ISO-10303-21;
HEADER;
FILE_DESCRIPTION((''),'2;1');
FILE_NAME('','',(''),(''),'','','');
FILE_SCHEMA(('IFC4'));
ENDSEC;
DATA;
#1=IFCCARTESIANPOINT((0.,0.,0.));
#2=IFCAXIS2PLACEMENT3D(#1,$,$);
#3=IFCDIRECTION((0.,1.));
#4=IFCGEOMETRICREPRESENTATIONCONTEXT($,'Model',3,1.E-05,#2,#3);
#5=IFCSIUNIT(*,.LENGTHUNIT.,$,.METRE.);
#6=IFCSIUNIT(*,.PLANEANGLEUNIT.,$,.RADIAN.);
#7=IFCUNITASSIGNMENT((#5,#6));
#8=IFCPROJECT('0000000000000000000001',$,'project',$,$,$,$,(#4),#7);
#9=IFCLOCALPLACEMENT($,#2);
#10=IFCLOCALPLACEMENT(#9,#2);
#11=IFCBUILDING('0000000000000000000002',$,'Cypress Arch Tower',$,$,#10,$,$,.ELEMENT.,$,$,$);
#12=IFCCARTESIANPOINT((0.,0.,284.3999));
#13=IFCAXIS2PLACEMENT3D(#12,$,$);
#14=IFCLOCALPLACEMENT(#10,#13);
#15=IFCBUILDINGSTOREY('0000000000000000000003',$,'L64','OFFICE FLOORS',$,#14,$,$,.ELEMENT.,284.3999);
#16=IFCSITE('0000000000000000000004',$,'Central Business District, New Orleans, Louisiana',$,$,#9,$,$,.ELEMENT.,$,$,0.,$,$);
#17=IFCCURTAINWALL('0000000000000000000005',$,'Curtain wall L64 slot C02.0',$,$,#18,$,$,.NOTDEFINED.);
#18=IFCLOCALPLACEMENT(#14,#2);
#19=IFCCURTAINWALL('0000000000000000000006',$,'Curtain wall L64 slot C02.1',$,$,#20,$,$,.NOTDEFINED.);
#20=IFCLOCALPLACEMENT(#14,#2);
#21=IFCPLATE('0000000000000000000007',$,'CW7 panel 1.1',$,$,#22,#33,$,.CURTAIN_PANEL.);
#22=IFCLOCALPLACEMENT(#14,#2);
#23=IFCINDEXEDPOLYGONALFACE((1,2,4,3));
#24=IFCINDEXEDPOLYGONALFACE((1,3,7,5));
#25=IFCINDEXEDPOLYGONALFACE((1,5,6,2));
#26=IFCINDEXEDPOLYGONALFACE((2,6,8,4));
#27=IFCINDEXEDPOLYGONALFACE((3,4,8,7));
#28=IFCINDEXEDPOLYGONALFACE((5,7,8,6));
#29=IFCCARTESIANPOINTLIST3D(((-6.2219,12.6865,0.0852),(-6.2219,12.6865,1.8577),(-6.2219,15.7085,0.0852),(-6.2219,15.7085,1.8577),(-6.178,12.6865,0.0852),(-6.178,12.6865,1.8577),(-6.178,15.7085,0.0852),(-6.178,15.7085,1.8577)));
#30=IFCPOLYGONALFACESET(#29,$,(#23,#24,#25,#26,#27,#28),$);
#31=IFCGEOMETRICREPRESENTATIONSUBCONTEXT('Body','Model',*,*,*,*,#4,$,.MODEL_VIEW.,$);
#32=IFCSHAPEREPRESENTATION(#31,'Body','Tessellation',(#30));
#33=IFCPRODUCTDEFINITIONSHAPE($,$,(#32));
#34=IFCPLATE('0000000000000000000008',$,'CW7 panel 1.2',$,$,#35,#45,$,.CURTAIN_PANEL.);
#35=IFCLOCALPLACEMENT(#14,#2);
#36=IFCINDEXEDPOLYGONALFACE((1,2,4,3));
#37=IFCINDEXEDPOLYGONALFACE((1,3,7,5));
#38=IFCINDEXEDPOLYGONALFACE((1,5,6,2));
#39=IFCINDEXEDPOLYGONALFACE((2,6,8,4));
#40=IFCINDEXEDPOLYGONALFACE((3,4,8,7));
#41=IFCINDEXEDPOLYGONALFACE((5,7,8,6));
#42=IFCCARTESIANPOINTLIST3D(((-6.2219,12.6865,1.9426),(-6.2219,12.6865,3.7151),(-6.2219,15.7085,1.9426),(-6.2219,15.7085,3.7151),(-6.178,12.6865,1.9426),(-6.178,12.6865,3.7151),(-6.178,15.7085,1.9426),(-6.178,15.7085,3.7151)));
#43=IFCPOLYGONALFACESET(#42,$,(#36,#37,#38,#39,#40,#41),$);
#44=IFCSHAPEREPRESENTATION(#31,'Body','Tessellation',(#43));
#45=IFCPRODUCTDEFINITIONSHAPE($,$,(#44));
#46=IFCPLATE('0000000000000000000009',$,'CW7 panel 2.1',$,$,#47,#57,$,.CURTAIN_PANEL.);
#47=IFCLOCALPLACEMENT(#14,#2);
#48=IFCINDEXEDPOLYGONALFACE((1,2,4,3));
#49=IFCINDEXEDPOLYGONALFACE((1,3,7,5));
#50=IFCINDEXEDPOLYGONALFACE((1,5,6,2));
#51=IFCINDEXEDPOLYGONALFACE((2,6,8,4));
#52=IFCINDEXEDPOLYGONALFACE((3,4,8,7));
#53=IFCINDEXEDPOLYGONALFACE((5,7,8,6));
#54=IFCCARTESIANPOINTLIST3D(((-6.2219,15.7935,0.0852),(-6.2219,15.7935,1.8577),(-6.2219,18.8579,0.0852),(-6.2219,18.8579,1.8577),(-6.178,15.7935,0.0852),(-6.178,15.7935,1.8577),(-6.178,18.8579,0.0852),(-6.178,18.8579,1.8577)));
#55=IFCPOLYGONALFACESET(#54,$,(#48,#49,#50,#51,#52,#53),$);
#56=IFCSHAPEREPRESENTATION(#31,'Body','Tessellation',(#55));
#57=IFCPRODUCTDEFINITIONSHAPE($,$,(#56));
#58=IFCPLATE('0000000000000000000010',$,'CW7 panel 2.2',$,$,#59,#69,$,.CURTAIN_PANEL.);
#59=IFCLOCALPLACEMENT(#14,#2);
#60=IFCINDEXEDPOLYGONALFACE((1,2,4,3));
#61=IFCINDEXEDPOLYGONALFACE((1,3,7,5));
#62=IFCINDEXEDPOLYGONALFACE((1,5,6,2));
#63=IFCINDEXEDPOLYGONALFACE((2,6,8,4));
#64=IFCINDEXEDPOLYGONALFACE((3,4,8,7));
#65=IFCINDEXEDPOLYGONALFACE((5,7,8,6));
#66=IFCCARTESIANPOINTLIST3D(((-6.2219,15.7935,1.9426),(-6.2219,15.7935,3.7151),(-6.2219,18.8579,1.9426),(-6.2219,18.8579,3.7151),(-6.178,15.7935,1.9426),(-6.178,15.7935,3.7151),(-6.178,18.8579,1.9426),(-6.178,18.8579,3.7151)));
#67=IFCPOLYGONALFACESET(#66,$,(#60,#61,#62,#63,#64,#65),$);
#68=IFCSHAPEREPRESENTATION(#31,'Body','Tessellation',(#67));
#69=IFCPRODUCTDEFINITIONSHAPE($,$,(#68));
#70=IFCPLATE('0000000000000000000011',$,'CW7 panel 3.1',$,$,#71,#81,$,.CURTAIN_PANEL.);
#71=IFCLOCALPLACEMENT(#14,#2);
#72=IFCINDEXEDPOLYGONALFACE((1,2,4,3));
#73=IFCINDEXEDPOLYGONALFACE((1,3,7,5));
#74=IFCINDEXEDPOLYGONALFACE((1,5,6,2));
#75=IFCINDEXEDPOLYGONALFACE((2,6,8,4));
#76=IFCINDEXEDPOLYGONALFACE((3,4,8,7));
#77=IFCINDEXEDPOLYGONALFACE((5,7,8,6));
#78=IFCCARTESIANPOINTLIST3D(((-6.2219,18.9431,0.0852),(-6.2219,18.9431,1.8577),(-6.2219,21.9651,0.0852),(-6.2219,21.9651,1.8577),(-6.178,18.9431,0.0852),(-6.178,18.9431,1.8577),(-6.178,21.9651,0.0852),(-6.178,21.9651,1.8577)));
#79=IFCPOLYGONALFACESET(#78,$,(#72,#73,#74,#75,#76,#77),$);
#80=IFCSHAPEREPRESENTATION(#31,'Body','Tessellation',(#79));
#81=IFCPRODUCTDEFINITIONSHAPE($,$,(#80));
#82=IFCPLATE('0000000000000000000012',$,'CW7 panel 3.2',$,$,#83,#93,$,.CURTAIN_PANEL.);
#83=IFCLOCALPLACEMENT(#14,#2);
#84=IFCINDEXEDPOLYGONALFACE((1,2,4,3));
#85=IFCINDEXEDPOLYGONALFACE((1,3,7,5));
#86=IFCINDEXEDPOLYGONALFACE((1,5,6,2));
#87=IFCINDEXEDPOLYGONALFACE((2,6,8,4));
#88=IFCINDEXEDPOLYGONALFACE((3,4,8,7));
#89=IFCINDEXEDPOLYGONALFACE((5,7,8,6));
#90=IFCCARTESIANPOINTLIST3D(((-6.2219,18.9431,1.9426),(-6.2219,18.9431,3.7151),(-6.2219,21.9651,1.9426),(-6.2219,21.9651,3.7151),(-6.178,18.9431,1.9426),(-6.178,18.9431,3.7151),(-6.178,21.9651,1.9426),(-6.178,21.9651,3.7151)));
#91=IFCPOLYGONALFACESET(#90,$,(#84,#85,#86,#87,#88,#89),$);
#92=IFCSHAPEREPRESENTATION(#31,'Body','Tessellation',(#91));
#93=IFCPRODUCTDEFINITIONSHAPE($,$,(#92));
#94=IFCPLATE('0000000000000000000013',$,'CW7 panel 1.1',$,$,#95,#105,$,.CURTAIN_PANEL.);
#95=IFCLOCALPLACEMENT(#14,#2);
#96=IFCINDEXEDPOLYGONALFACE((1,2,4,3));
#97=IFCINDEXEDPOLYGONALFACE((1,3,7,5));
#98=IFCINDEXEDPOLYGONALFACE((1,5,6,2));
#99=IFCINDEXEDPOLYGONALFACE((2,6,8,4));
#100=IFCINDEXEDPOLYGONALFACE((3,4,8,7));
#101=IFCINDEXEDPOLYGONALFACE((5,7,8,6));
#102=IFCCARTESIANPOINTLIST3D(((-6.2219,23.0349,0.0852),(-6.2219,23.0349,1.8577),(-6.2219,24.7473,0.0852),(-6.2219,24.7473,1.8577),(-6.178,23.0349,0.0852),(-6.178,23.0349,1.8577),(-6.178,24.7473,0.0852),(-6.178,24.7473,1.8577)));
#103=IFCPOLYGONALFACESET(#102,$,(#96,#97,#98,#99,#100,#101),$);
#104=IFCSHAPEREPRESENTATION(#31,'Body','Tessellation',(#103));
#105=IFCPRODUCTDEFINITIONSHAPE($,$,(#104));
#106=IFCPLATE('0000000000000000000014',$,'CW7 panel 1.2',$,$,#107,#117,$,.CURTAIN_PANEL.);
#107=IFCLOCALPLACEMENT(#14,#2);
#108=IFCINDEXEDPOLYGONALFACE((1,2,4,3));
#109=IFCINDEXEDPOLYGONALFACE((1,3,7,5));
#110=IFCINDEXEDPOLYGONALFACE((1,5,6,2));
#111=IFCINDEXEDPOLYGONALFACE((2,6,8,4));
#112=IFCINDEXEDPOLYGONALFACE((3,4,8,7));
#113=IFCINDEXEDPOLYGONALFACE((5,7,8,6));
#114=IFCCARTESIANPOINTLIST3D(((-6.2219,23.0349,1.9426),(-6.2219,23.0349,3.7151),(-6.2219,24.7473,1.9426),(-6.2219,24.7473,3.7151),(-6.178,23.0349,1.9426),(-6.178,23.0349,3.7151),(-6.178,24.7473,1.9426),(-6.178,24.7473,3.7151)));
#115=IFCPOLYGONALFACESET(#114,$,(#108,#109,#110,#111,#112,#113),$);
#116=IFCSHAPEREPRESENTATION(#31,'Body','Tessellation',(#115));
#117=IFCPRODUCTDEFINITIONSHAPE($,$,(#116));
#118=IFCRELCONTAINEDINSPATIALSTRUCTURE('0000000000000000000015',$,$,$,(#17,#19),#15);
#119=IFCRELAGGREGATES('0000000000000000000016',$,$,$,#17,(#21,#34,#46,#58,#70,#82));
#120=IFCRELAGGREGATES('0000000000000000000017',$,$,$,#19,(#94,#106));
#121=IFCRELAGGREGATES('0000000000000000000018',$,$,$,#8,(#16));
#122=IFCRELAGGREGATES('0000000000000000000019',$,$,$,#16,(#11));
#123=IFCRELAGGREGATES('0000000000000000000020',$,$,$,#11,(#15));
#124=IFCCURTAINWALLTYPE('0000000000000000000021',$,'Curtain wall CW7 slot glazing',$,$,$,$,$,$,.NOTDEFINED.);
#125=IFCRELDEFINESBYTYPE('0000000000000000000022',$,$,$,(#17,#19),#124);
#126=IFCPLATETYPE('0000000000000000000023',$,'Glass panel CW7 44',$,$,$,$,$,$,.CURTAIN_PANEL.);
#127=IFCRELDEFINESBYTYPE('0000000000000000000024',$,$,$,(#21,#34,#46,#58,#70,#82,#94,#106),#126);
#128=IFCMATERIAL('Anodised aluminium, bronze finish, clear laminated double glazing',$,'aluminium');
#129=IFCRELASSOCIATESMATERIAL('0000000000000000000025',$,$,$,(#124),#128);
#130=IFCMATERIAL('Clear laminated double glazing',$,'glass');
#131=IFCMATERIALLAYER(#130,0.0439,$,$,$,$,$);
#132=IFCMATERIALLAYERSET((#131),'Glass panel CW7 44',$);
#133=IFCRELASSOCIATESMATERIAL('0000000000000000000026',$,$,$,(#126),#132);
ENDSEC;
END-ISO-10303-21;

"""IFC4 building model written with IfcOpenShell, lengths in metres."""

from ifc_helpers import new_model, si_unit, direction, frame, origin, origin_2d, place, context, subcontext, project, spatial, rectangle, extrude, material, layer, layer_set, type_object, element, aggregate, save


model = new_model("IFC4")

# Units and contexts
model_context = context("Model", 3, precision=1e-05, world=origin(), true_north=direction((0.0, 1.0)))
body_context = subcontext(model_context, "Body", "Model", "MODEL_VIEW")
ifc_project = project(units=[si_unit("LENGTHUNIT", "METRE"), si_unit("PLANEANGLEUNIT", "RADIAN")], contexts=[model_context])

# Site, building, storey
site_placement = place(None, origin())
site = spatial("IfcSite", under=ifc_project, at=site_placement, Name="Central Business District, New Orleans, Louisiana", CompositionType="ELEMENT", RefElevation=0.0)
building_placement = place(site_placement, origin())
building = spatial("IfcBuilding", under=site, at=building_placement, Name="Cypress Arch Tower", CompositionType="ELEMENT")
storey_placement = place(building_placement, frame((0.0, 0.0, 284.3999)))
storey = spatial("IfcBuildingStorey", under=building, at=storey_placement, Name="L64", Description="OFFICE FLOORS", CompositionType="ELEMENT", Elevation=284.3999)

# Shared definitions
ifc_material_1 = material(Name="Anodised aluminium, bronze finish, clear laminated double glazing", Category="aluminium")
curtain_wall_type = type_object("IfcCurtainWallType", Name="Curtain wall CW7 slot glazing", PredefinedType="NOTDEFINED", material=ifc_material_1)

# Curtain walls
curtain_wall_1_placement = place(storey_placement, origin())
curtain_wall_1 = element("IfcCurtainWall", 1, at=curtain_wall_1_placement, inside=storey, type_object=curtain_wall_type, Name="Curtain wall L64 slot C02.0", PredefinedType="NOTDEFINED")
curtain_wall_2_placement = place(storey_placement, origin())
curtain_wall_2 = element("IfcCurtainWall", 2, at=curtain_wall_2_placement, inside=storey, type_object=curtain_wall_type, Name="Curtain wall L64 slot C02.1", PredefinedType="NOTDEFINED")

# Plates
ifc_material_2 = material(Name="Clear laminated double glazing", Category="glass")
ifc_layer = layer(ifc_material_2, 0.0439)
ifc_layer_set = layer_set([ifc_layer], Name="Glass panel CW7 44")
plate_type = type_object("IfcPlateType", Name="Glass panel CW7 44", PredefinedType="CURTAIN_PANEL", material=ifc_layer_set)
plate_1_placement = place(storey_placement, frame((-6.2, 14.1975, 0.0852), z_axis=(0.0, 0.0, 1.0), x_axis=(0.0, 1.0, 0.0)))
plate_1 = element("IfcPlate", 3, at=plate_1_placement, type_object=plate_type, Name="CW7 panel 1.1", PredefinedType="CURTAIN_PANEL", context=body_context, shape_type="SweptSolid", body=[
    extrude(rectangle(XDim=3.022, YDim=0.0439, at=origin_2d()), origin(), (0.0, 0.0, 1.0), 1.7725),
])
plate_2_placement = place(storey_placement, frame((-6.2, 14.1975, 1.9426), z_axis=(0.0, 0.0, 1.0), x_axis=(0.0, 1.0, 0.0)))
plate_2 = element("IfcPlate", 4, at=plate_2_placement, type_object=plate_type, Name="CW7 panel 1.2", PredefinedType="CURTAIN_PANEL", context=body_context, shape_type="SweptSolid", body=[
    extrude(rectangle(XDim=3.022, YDim=0.0439, at=origin_2d()), origin(), (0.0, 0.0, 1.0), 1.7725),
])
plate_3_placement = place(storey_placement, frame((-6.2, 17.3257, 0.0852), z_axis=(0.0, 0.0, 1.0), x_axis=(0.0, 1.0, 0.0)))
plate_3 = element("IfcPlate", 5, at=plate_3_placement, type_object=plate_type, Name="CW7 panel 2.1", PredefinedType="CURTAIN_PANEL", context=body_context, shape_type="SweptSolid", body=[
    extrude(rectangle(XDim=3.0645, YDim=0.0439, at=origin_2d()), origin(), (0.0, 0.0, 1.0), 1.7725),
])
plate_4_placement = place(storey_placement, frame((-6.2, 17.3257, 1.9426), z_axis=(0.0, 0.0, 1.0), x_axis=(0.0, 1.0, 0.0)))
plate_4 = element("IfcPlate", 6, at=plate_4_placement, type_object=plate_type, Name="CW7 panel 2.2", PredefinedType="CURTAIN_PANEL", context=body_context, shape_type="SweptSolid", body=[
    extrude(rectangle(XDim=3.0645, YDim=0.0439, at=origin_2d()), origin(), (0.0, 0.0, 1.0), 1.7725),
])
plate_5_placement = place(storey_placement, frame((-6.2, 20.4541, 0.0852), z_axis=(0.0, 0.0, 1.0), x_axis=(0.0, 1.0, 0.0)))
plate_5 = element("IfcPlate", 7, at=plate_5_placement, type_object=plate_type, Name="CW7 panel 3.1", PredefinedType="CURTAIN_PANEL", context=body_context, shape_type="SweptSolid", body=[
    extrude(rectangle(XDim=3.022, YDim=0.0439, at=origin_2d()), origin(), (0.0, 0.0, 1.0), 1.7725),
])
plate_6_placement = place(storey_placement, frame((-6.2, 20.4541, 1.9426), z_axis=(0.0, 0.0, 1.0), x_axis=(0.0, 1.0, 0.0)))
plate_6 = element("IfcPlate", 8, at=plate_6_placement, type_object=plate_type, Name="CW7 panel 3.2", PredefinedType="CURTAIN_PANEL", context=body_context, shape_type="SweptSolid", body=[
    extrude(rectangle(XDim=3.022, YDim=0.0439, at=origin_2d()), origin(), (0.0, 0.0, 1.0), 1.7725),
])
aggregate(curtain_wall_1, [plate_1, plate_2, plate_3, plate_4, plate_5, plate_6])
plate_7_placement = place(storey_placement, frame((-6.2, 23.8911, 0.0852), z_axis=(0.0, 0.0, 1.0), x_axis=(0.0, 1.0, 0.0)))
plate_7 = element("IfcPlate", 9, at=plate_7_placement, type_object=plate_type, Name="CW7 panel 1.1", PredefinedType="CURTAIN_PANEL", context=body_context, shape_type="SweptSolid", body=[
    extrude(rectangle(XDim=1.7124, YDim=0.0439, at=origin_2d()), origin(), (0.0, 0.0, 1.0), 1.7725),
])
plate_8_placement = place(storey_placement, frame((-6.2, 23.8911, 1.9426), z_axis=(0.0, 0.0, 1.0), x_axis=(0.0, 1.0, 0.0)))
plate_8 = element("IfcPlate", 10, at=plate_8_placement, type_object=plate_type, Name="CW7 panel 1.2", PredefinedType="CURTAIN_PANEL", context=body_context, shape_type="SweptSolid", body=[
    extrude(rectangle(XDim=1.7124, YDim=0.0439, at=origin_2d()), origin(), (0.0, 0.0, 1.0), 1.7725),
])
aggregate(curtain_wall_2, [plate_7, plate_8])

save(model, "model.ifc")
